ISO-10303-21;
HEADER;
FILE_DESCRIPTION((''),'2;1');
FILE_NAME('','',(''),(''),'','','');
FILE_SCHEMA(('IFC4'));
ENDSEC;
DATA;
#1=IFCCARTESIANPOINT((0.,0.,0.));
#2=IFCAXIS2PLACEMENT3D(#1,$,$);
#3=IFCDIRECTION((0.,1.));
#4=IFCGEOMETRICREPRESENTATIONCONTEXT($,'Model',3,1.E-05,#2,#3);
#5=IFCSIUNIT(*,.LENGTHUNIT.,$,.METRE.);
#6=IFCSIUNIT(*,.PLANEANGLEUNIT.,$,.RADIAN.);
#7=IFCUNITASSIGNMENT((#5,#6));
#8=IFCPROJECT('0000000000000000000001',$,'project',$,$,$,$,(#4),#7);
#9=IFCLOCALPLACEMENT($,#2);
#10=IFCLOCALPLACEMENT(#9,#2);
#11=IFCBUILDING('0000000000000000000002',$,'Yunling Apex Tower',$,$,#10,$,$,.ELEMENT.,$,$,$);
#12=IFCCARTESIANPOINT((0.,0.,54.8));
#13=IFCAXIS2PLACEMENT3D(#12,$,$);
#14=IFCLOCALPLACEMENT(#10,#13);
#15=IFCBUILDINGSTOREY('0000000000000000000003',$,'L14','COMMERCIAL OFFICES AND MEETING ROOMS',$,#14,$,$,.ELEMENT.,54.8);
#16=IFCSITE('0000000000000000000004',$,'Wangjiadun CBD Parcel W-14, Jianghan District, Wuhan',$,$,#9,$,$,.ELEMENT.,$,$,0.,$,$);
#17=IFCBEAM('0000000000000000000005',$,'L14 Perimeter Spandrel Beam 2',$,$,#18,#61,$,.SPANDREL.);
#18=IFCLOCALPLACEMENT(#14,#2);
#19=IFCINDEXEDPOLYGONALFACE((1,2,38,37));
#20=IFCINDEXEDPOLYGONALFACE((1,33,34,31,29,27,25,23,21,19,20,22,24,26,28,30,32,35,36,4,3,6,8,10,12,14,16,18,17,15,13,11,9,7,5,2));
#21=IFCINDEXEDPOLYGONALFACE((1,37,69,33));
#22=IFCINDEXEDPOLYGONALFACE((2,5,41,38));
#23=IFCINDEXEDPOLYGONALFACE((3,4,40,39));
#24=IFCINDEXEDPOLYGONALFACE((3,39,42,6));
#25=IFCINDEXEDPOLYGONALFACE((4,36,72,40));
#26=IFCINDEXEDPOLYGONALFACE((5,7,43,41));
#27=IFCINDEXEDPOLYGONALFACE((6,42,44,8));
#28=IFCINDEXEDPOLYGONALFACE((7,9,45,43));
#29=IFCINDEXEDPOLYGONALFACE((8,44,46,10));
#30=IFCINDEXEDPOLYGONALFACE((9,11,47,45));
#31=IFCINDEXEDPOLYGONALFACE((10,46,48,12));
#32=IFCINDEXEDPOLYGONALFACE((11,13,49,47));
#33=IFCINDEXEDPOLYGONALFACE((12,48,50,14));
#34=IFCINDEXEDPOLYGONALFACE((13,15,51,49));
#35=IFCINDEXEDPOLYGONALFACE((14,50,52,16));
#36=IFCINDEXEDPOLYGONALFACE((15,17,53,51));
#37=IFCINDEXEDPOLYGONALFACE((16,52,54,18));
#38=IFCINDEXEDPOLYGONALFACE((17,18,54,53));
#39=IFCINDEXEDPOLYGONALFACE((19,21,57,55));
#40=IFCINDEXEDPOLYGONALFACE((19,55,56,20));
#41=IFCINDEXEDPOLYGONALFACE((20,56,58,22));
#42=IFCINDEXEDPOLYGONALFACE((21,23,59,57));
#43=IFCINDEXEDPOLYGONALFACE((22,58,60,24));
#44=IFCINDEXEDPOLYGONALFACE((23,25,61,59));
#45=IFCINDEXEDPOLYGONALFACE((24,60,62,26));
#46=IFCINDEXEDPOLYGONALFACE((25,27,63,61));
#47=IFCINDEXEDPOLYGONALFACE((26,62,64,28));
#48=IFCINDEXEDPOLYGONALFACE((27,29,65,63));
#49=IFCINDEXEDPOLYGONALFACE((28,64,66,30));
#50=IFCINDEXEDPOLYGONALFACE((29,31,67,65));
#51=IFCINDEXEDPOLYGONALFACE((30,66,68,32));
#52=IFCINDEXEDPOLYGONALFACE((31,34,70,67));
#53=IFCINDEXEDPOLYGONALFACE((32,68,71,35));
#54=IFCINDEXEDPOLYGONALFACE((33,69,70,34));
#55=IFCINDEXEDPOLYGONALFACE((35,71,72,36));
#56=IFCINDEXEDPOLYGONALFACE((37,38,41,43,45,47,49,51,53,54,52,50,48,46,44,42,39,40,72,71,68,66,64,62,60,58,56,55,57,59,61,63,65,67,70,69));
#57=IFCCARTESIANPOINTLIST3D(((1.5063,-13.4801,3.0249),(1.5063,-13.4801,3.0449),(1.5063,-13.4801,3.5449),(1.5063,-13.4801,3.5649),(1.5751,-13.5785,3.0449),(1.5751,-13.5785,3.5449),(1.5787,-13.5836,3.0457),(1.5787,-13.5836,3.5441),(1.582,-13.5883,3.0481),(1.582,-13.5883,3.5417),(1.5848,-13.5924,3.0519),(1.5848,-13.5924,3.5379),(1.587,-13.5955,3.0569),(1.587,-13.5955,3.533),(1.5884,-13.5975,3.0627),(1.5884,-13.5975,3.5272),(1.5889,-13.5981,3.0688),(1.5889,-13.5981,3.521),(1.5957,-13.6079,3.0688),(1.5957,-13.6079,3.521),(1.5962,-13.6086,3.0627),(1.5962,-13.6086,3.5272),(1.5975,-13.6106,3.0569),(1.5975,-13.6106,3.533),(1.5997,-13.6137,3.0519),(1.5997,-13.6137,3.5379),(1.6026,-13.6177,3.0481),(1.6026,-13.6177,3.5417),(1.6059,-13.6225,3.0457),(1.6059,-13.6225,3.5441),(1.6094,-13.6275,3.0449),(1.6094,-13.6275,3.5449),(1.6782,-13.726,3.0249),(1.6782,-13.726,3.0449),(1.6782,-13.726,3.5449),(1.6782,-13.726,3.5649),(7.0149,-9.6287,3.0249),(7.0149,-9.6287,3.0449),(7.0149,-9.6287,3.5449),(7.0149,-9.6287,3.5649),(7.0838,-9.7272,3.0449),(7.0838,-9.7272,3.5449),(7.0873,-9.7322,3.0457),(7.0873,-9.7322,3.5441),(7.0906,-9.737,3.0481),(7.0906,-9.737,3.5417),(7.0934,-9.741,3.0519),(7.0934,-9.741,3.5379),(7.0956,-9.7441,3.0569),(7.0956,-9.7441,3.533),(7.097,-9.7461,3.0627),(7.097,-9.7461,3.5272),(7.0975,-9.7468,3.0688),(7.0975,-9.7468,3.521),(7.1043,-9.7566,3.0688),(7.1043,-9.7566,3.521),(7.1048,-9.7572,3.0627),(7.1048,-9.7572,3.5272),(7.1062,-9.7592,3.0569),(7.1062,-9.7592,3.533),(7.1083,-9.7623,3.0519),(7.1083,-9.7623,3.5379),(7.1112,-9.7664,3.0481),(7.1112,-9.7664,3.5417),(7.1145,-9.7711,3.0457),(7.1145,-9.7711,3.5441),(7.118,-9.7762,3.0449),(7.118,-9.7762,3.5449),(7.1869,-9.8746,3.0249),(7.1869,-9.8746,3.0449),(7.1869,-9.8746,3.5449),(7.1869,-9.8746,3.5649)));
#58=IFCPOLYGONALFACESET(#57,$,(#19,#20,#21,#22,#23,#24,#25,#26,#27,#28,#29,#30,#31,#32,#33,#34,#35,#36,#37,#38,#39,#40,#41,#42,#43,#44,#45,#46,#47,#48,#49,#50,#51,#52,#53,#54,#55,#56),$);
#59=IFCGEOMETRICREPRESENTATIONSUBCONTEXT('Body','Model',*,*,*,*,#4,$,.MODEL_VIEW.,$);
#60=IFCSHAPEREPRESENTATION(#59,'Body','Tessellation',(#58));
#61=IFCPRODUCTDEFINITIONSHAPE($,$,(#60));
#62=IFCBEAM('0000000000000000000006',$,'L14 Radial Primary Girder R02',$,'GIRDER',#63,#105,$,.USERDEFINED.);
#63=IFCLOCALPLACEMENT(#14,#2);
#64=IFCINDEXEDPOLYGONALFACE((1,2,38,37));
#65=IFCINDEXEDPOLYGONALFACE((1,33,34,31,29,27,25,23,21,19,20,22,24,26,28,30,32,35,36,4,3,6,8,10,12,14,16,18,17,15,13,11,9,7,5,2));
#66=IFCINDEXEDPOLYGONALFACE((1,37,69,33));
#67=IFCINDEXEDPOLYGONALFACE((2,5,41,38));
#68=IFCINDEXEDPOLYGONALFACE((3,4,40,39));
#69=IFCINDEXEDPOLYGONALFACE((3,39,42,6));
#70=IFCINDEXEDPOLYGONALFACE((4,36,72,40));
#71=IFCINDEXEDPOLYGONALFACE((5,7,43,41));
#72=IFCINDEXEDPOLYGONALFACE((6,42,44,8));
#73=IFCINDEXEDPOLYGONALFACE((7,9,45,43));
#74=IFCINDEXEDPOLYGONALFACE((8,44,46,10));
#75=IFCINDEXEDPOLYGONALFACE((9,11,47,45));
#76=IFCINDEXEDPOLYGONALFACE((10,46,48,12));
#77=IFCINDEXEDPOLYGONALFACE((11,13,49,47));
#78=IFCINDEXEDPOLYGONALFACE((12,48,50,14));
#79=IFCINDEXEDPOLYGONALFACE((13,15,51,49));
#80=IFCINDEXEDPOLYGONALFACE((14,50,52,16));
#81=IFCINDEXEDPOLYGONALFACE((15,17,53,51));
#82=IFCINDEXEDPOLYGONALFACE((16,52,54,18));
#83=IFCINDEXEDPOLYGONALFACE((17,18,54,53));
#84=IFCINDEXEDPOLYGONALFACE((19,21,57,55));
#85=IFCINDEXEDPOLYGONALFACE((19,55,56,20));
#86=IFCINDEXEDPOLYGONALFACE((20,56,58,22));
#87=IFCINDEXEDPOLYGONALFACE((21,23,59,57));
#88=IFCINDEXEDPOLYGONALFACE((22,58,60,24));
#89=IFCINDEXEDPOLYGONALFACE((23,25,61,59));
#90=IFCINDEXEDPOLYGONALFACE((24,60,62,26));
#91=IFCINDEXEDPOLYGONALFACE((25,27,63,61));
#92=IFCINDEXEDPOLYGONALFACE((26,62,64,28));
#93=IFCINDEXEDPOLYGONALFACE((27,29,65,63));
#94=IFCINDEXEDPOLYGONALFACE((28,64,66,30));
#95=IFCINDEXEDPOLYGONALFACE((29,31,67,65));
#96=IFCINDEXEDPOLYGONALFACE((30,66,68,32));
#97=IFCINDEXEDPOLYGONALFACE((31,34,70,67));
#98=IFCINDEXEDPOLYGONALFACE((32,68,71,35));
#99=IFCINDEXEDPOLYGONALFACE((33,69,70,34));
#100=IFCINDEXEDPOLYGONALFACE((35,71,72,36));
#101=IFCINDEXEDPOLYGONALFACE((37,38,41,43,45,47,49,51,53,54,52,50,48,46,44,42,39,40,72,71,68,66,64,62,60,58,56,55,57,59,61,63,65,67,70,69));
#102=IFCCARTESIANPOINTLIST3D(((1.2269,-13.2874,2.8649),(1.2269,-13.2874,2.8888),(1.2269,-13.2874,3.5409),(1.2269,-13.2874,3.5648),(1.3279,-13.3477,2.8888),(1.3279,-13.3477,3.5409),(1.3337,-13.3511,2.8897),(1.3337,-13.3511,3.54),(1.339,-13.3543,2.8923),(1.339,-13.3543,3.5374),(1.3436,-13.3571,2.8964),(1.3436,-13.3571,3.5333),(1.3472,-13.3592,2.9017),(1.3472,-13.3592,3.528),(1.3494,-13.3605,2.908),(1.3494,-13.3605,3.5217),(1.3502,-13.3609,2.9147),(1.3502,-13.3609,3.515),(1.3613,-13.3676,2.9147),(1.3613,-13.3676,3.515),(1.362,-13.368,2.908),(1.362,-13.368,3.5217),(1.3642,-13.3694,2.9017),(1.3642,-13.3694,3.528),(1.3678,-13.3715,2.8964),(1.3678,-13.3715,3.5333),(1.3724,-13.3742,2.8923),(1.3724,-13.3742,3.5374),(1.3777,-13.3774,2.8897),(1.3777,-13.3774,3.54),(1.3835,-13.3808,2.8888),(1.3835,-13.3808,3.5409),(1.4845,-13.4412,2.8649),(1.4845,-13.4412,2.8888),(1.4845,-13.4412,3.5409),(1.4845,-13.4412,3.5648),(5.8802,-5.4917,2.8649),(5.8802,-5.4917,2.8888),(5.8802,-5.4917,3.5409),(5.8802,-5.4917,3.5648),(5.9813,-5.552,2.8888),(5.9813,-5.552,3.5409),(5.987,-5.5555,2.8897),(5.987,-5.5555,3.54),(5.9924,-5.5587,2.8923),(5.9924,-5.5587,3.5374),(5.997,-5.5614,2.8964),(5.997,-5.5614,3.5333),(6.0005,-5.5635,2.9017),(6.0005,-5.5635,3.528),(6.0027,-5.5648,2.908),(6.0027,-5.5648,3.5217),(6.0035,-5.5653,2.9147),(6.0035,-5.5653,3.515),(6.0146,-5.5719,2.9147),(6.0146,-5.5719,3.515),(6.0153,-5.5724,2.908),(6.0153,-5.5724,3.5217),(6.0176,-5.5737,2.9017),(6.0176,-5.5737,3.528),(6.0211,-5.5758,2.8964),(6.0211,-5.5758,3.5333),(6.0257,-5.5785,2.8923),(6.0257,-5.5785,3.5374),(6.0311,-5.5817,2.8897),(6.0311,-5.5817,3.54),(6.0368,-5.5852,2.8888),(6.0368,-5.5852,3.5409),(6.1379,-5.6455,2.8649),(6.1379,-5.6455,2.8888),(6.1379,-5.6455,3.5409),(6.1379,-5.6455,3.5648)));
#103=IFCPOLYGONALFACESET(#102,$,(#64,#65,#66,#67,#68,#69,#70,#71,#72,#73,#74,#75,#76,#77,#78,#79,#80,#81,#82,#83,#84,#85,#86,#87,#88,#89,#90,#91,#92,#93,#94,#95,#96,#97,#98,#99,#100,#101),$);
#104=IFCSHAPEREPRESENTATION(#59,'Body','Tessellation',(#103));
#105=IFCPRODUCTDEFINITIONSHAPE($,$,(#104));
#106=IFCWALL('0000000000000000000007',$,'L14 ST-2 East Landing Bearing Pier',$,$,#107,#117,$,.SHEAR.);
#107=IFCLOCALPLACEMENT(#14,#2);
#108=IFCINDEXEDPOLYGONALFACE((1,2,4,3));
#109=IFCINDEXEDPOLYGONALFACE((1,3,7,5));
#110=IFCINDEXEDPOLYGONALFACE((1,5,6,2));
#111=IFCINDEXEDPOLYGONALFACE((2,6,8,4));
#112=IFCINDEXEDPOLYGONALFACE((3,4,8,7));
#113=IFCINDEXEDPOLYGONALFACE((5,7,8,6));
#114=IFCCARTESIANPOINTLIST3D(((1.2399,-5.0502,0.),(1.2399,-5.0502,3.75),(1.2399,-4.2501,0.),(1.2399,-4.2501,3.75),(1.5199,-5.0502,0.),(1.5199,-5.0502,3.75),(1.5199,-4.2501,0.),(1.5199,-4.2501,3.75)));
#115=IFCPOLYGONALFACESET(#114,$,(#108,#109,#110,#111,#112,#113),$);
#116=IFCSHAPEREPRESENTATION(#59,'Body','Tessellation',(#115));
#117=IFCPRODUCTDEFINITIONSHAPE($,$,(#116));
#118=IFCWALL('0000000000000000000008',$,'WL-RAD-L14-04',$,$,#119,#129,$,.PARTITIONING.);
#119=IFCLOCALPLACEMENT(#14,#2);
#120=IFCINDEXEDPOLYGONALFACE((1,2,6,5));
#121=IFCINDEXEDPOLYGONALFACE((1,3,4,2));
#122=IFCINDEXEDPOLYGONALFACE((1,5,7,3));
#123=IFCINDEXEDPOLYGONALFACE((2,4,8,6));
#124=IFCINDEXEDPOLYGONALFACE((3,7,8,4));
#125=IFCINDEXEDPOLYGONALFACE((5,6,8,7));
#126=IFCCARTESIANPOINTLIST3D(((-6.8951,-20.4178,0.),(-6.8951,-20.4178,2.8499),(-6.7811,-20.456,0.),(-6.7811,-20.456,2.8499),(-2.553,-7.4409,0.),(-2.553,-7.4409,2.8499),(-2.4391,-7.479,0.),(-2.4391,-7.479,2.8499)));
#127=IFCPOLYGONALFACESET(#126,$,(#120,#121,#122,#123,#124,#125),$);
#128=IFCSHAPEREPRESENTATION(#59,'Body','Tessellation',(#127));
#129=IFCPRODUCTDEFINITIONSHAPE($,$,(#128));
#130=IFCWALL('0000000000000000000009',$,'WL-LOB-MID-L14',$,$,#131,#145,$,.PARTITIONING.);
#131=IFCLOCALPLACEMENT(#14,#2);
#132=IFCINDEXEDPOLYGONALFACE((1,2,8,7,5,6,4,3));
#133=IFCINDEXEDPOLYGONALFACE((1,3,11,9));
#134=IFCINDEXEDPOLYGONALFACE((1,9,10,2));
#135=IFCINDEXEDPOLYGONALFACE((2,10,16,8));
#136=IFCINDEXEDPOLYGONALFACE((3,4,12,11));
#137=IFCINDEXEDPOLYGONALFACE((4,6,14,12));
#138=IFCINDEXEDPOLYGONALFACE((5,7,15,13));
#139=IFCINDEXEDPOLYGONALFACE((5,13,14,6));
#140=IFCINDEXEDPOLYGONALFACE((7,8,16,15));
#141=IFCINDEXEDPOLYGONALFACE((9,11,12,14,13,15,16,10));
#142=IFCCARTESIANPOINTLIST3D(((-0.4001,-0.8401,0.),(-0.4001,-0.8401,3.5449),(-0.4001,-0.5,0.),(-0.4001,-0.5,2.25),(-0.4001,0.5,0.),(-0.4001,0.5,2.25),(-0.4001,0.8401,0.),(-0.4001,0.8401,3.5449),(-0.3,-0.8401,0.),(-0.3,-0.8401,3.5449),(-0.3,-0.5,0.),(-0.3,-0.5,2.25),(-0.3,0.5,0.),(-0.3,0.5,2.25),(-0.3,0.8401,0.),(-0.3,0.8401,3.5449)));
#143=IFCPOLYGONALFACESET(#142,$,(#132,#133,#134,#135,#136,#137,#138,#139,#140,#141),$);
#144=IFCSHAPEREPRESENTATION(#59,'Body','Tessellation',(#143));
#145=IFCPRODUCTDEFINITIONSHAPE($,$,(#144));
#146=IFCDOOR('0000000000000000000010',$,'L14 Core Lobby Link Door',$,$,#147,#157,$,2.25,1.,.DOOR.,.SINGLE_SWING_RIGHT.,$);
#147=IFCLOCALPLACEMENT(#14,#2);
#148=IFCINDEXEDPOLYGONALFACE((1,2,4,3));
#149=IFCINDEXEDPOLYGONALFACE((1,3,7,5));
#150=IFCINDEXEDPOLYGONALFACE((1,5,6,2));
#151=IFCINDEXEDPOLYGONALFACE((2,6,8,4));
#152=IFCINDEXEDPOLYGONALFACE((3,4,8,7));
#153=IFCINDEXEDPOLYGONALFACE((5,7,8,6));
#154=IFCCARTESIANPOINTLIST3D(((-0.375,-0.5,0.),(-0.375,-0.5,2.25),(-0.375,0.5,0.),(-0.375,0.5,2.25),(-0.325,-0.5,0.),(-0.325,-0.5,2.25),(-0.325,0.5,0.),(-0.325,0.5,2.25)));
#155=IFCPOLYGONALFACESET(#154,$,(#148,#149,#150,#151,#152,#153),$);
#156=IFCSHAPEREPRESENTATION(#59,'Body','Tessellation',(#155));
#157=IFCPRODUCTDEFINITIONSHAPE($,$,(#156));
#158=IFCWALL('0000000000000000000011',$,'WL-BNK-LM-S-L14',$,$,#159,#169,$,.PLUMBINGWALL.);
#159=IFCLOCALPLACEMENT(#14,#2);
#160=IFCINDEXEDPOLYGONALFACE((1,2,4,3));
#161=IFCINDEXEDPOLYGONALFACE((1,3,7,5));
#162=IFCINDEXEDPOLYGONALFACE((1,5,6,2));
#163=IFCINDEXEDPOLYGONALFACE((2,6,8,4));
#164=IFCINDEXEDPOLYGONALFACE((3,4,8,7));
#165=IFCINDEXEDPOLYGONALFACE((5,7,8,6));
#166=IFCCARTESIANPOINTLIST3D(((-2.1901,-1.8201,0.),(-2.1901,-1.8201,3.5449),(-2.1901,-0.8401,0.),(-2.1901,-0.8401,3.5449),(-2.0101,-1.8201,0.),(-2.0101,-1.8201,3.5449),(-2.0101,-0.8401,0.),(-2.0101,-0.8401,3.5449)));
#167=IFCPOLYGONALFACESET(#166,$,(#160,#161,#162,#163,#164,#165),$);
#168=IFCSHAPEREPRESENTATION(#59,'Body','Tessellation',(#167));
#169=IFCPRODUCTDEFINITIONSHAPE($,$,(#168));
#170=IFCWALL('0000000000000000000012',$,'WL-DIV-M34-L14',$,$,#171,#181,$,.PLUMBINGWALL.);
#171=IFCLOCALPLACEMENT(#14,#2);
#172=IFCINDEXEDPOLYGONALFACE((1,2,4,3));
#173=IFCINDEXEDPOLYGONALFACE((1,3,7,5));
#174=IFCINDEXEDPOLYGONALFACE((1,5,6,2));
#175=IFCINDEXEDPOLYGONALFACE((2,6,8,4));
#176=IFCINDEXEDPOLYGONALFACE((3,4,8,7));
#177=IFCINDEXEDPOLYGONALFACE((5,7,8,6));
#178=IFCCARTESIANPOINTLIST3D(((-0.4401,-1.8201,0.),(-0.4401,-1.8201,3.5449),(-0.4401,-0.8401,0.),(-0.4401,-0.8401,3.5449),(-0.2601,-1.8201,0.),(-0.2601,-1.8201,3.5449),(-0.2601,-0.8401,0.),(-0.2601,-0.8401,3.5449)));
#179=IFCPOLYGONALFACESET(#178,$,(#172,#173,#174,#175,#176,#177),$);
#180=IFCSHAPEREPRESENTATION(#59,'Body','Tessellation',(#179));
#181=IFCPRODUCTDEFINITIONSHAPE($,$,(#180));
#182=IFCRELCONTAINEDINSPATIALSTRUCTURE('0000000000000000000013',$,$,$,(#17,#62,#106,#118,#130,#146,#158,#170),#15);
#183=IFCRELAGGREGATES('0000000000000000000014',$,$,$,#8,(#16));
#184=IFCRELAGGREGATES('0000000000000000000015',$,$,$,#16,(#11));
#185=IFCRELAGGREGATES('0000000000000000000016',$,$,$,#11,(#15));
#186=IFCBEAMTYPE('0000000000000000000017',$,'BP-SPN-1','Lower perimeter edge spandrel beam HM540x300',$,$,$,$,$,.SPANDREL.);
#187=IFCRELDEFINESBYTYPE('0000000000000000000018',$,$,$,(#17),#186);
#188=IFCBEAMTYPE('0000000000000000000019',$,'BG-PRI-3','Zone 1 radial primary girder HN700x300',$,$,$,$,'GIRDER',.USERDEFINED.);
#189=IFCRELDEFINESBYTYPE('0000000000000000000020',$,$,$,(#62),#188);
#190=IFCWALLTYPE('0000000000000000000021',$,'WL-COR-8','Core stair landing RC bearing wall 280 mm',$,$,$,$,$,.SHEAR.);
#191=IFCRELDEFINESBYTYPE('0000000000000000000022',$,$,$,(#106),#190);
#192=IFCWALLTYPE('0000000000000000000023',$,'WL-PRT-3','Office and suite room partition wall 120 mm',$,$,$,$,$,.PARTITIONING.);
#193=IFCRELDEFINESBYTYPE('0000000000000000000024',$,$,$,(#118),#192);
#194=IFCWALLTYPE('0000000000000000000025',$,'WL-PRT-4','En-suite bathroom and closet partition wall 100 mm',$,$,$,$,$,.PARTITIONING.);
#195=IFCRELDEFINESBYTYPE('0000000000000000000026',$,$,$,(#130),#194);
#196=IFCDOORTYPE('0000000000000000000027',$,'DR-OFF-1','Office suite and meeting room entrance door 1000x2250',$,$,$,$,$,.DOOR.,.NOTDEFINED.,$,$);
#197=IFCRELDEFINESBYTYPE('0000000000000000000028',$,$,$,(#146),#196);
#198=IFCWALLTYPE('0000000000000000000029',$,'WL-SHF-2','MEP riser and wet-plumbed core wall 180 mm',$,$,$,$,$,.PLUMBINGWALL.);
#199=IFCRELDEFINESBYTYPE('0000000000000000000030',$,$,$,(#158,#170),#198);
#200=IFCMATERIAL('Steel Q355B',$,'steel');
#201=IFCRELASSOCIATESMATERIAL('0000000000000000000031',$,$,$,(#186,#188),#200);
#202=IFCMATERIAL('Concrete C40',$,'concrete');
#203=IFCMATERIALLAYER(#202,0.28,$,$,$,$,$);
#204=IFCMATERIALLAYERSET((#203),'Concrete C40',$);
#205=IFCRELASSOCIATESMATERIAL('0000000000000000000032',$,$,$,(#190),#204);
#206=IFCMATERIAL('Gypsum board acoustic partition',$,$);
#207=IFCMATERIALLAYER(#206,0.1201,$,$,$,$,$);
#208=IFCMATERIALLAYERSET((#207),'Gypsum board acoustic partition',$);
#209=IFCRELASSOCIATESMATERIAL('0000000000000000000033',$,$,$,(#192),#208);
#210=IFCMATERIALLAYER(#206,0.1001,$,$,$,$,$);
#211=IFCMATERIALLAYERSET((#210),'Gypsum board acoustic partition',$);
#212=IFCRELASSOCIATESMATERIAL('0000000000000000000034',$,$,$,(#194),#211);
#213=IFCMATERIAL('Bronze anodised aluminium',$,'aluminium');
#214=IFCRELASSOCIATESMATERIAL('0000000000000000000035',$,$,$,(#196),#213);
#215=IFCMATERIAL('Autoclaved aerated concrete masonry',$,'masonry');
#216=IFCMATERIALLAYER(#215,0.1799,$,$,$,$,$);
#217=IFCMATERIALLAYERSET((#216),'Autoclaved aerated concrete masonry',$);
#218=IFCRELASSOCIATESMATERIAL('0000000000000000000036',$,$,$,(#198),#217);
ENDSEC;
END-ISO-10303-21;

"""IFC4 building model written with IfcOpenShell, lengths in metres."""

from ifc_helpers import new_model, si_unit, direction, frame, frame_2d, origin, origin_2d, place, context, subcontext, project, spatial, rectangle, i_section, extrude, source, transform, mapped, material, layer, layer_set, material_profile, profile_set, type_object, element, fill, save


model = new_model("IFC4")

# Units and contexts
model_context = context("Model", 3, precision=1e-05, world=origin(), true_north=direction((0.0, 1.0)))
body_context = subcontext(model_context, "Body", "Model", "MODEL_VIEW")
ifc_project = project(units=[si_unit("LENGTHUNIT", "METRE"), si_unit("PLANEANGLEUNIT", "RADIAN")], contexts=[model_context])

# Site, building, storey
site_placement = place(None, origin())
site = spatial("IfcSite", under=ifc_project, at=site_placement, Name="Wangjiadun CBD Parcel W-14, Jianghan District, Wuhan", CompositionType="ELEMENT", RefElevation=0.0)
building_placement = place(site_placement, origin())
building = spatial("IfcBuilding", under=site, at=building_placement, Name="Yunling Apex Tower", CompositionType="ELEMENT")
storey_placement = place(building_placement, frame((0.0, 0.0, 54.8)))
storey = spatial("IfcBuildingStorey", under=building, at=storey_placement, Name="L14", Description="COMMERCIAL OFFICES AND MEETING ROOMS", CompositionType="ELEMENT", Elevation=54.8)

# Beams
ifc_material_1 = material(Name="Steel Q355B", Category="steel")
ifc_material_profile_1 = material_profile(ifc_material_1, i_section(OverallWidth=0.3, OverallDepth=0.54, WebThickness=0.012, FlangeThickness=0.02, FilletRadius=0.0239, at=origin_2d()))
ifc_profile_set_1 = profile_set([ifc_material_profile_1], Name="Steel Q355B")
beam_type_1 = type_object("IfcBeamType", Name="BP-SPN-1", Description="Lower perimeter edge spandrel beam HM540x300", PredefinedType="SPANDREL", material=ifc_profile_set_1)
shared_shape_1 = source(origin(), body_context, "Body", "SweptSolid", [
    extrude(i_section(OverallWidth=0.3, OverallDepth=0.54, WebThickness=0.012, FlangeThickness=0.02, FilletRadius=0.0239, at=origin_2d()), origin(), (0.0, 0.0, 1.0), 6.7214),
])
beam_1_placement = place(storey_placement, frame((1.5923, -13.603, 3.2949), z_axis=(0.819558, 0.572997, 0.0), x_axis=(-0.572997, 0.819558, 0.0)))
element("IfcBeam", 1, at=beam_1_placement, inside=storey, type_object=beam_type_1, Name="L14 Perimeter Spandrel Beam 2", PredefinedType="SPANDREL", context=body_context, shape_type="MappedRepresentation", body=[
    mapped(shared_shape_1, transform((0.0, 0.0, 0.0), scale=1.0)),
])
ifc_material_profile_2 = material_profile(ifc_material_1, i_section(OverallWidth=0.3, OverallDepth=0.7, WebThickness=0.0129, FlangeThickness=0.0239, FilletRadius=0.0259, at=origin_2d()))
ifc_profile_set_2 = profile_set([ifc_material_profile_2], Name="Steel Q355B")
beam_type_2 = type_object("IfcBeamType", Name="BG-PRI-3", Description="Zone 1 radial primary girder HN700x300", ElementType="GIRDER", PredefinedType="USERDEFINED", material=ifc_profile_set_2)
shared_shape_2 = source(origin(), body_context, "Body", "SweptSolid", [
    extrude(i_section(OverallWidth=0.3, OverallDepth=0.7, WebThickness=0.0129, FlangeThickness=0.0239, FilletRadius=0.0259, at=origin_2d()), origin(), (0.0, 0.0, 1.0), 9.0789),
])
beam_2_placement = place(storey_placement, frame((1.3557, -13.3643, 3.2148), z_axis=(0.512545, 0.85866, 0.0), x_axis=(-0.85866, 0.512545, 0.0)))
element("IfcBeam", 2, at=beam_2_placement, inside=storey, type_object=beam_type_2, Name="L14 Radial Primary Girder R02", ObjectType="GIRDER", PredefinedType="USERDEFINED", context=body_context, shape_type="MappedRepresentation", body=[
    mapped(shared_shape_2, transform((0.0, 0.0, 0.0), scale=1.0)),
])

# Walls
ifc_material_2 = material(Name="Concrete C40", Category="concrete")
ifc_layer_1 = layer(ifc_material_2, 0.28)
ifc_layer_set_1 = layer_set([ifc_layer_1], Name="Concrete C40")
wall_type_1 = type_object("IfcWallType", Name="WL-COR-8", Description="Core stair landing RC bearing wall 280 mm", PredefinedType="SHEAR", material=ifc_layer_set_1)
wall_1_placement = place(storey_placement, frame((1.3799, -5.05, 0.0), z_axis=(0.0, 0.0, 1.0), x_axis=(0.0, 1.0, 0.0)))
element("IfcWall", 3, at=wall_1_placement, inside=storey, type_object=wall_type_1, Name="L14 ST-2 East Landing Bearing Pier", PredefinedType="SHEAR", context=body_context, shape_type="SweptSolid", body=[
    extrude(rectangle(XDim=0.8, YDim=0.28, at=frame_2d((0.3999, 0.0))), origin(), (0.0, 0.0, 1.0), 3.75),
])
ifc_material_3 = material(Name="Gypsum board acoustic partition")
ifc_layer_2 = layer(ifc_material_3, 0.1201)
ifc_layer_set_2 = layer_set([ifc_layer_2], Name="Gypsum board acoustic partition")
wall_type_2 = type_object("IfcWallType", Name="WL-PRT-3", Description="Office and suite room partition wall 120 mm", PredefinedType="PARTITIONING", material=ifc_layer_set_2)
wall_2_placement = place(storey_placement, frame((-2.4961, -7.46, 0.0), z_axis=(0.0, 0.0, 1.0), x_axis=(-0.317303, -0.948324, 0.0)))
element("IfcWall", 4, at=wall_2_placement, inside=storey, type_object=wall_type_2, Name="WL-RAD-L14-04", PredefinedType="PARTITIONING", context=body_context, shape_type="SweptSolid", body=[
    extrude(rectangle(XDim=13.6841, YDim=0.1201, at=frame_2d((6.842, 0.0))), origin(), (0.0, 0.0, 1.0), 2.8499),
])

# Wall, opening, door
ifc_layer_3 = layer(ifc_material_3, 0.1001)
ifc_layer_set_3 = layer_set([ifc_layer_3], Name="Gypsum board acoustic partition")
wall_type_3 = type_object("IfcWallType", Name="WL-PRT-4", Description="En-suite bathroom and closet partition wall 100 mm", PredefinedType="PARTITIONING", material=ifc_layer_set_3)
wall_3_placement = place(storey_placement, frame((-0.3501, -0.8401, 0.0), z_axis=(0.0, 0.0, 1.0), x_axis=(0.0, 1.0, 0.0)))
wall_3 = element("IfcWall", 5, at=wall_3_placement, inside=storey, type_object=wall_type_3, Name="WL-LOB-MID-L14", PredefinedType="PARTITIONING", context=body_context, shape_type="SweptSolid", body=[
    extrude(rectangle(XDim=1.6802, YDim=0.1001, at=frame_2d((0.8401, 0.0))), origin(), (0.0, 0.0, 1.0), 3.5449),
])
opening_1_placement = place(wall_3_placement, frame((0.3401, 0.0, 0.0)))
opening_1 = element("IfcOpeningElement", 6, at=opening_1_placement, cuts=wall_3, PredefinedType="OPENING", context=body_context, shape_type="SweptSolid", body=[
    extrude(rectangle(XDim=1.0, YDim=2.25, at=frame_2d((0.5, 1.125))), frame((0.0, 0.0601, 0.0), z_axis=(0.0, -1.0, 0.0), x_axis=(1.0, 0.0, 0.0)), (0.0, 0.0, 1.0), 0.1201),
])
ifc_material_4 = material(Name="Bronze anodised aluminium", Category="aluminium")
door_type_1 = type_object("IfcDoorType", Name="DR-OFF-1", Description="Office suite and meeting room entrance door 1000x2250", OperationType="NOTDEFINED", PredefinedType="DOOR", material=ifc_material_4)
door_1_placement = place(opening_1_placement, origin())
door_1 = element("IfcDoor", 7, at=door_1_placement, inside=storey, type_object=door_type_1, Name="L14 Core Lobby Link Door", OperationType="SINGLE_SWING_RIGHT", OverallHeight=2.25, OverallWidth=1.0, PredefinedType="DOOR", context=body_context, shape_type="SweptSolid", body=[
    extrude(rectangle(XDim=1.0, YDim=2.25, at=frame_2d((0.5, 1.125))), frame((0.0, 0.0249, 0.0), z_axis=(0.0, -1.0, 0.0), x_axis=(1.0, 0.0, 0.0)), (0.0, 0.0, 1.0), 0.05),
])
fill(opening_1, door_1)
ifc_material_5 = material(Name="Autoclaved aerated concrete masonry", Category="masonry")

# Walls
ifc_layer_4 = layer(ifc_material_5, 0.1799)
ifc_layer_set_4 = layer_set([ifc_layer_4], Name="Autoclaved aerated concrete masonry")
wall_type_4 = type_object("IfcWallType", Name="WL-SHF-2", Description="MEP riser and wet-plumbed core wall 180 mm", PredefinedType="PLUMBINGWALL", material=ifc_layer_set_4)
for number, where, z_axis, x_axis, name in (
    (8, (-2.1001, -1.8201, 0.0), (0.0, 0.0, 1.0), (0.0, 1.0, 0.0), "WL-BNK-LM-S-L14"),
    (9, (-0.3501, -1.8201, 0.0), (0.0, 0.0, 1.0), (0.0, 1.0, 0.0), "WL-DIV-M34-L14"),
):
    element("IfcWall", number, at=place(storey_placement, frame(where, z_axis=z_axis, x_axis=x_axis)), inside=storey, type_object=wall_type_4, Name=name, PredefinedType="PLUMBINGWALL", context=body_context, shape_type="SweptSolid", body=[
        extrude(rectangle(XDim=0.98, YDim=0.1799, at=frame_2d((0.49, 0.0))), origin(), (0.0, 0.0, 1.0), 3.5449),
    ])

save(model, "model.ifc")
